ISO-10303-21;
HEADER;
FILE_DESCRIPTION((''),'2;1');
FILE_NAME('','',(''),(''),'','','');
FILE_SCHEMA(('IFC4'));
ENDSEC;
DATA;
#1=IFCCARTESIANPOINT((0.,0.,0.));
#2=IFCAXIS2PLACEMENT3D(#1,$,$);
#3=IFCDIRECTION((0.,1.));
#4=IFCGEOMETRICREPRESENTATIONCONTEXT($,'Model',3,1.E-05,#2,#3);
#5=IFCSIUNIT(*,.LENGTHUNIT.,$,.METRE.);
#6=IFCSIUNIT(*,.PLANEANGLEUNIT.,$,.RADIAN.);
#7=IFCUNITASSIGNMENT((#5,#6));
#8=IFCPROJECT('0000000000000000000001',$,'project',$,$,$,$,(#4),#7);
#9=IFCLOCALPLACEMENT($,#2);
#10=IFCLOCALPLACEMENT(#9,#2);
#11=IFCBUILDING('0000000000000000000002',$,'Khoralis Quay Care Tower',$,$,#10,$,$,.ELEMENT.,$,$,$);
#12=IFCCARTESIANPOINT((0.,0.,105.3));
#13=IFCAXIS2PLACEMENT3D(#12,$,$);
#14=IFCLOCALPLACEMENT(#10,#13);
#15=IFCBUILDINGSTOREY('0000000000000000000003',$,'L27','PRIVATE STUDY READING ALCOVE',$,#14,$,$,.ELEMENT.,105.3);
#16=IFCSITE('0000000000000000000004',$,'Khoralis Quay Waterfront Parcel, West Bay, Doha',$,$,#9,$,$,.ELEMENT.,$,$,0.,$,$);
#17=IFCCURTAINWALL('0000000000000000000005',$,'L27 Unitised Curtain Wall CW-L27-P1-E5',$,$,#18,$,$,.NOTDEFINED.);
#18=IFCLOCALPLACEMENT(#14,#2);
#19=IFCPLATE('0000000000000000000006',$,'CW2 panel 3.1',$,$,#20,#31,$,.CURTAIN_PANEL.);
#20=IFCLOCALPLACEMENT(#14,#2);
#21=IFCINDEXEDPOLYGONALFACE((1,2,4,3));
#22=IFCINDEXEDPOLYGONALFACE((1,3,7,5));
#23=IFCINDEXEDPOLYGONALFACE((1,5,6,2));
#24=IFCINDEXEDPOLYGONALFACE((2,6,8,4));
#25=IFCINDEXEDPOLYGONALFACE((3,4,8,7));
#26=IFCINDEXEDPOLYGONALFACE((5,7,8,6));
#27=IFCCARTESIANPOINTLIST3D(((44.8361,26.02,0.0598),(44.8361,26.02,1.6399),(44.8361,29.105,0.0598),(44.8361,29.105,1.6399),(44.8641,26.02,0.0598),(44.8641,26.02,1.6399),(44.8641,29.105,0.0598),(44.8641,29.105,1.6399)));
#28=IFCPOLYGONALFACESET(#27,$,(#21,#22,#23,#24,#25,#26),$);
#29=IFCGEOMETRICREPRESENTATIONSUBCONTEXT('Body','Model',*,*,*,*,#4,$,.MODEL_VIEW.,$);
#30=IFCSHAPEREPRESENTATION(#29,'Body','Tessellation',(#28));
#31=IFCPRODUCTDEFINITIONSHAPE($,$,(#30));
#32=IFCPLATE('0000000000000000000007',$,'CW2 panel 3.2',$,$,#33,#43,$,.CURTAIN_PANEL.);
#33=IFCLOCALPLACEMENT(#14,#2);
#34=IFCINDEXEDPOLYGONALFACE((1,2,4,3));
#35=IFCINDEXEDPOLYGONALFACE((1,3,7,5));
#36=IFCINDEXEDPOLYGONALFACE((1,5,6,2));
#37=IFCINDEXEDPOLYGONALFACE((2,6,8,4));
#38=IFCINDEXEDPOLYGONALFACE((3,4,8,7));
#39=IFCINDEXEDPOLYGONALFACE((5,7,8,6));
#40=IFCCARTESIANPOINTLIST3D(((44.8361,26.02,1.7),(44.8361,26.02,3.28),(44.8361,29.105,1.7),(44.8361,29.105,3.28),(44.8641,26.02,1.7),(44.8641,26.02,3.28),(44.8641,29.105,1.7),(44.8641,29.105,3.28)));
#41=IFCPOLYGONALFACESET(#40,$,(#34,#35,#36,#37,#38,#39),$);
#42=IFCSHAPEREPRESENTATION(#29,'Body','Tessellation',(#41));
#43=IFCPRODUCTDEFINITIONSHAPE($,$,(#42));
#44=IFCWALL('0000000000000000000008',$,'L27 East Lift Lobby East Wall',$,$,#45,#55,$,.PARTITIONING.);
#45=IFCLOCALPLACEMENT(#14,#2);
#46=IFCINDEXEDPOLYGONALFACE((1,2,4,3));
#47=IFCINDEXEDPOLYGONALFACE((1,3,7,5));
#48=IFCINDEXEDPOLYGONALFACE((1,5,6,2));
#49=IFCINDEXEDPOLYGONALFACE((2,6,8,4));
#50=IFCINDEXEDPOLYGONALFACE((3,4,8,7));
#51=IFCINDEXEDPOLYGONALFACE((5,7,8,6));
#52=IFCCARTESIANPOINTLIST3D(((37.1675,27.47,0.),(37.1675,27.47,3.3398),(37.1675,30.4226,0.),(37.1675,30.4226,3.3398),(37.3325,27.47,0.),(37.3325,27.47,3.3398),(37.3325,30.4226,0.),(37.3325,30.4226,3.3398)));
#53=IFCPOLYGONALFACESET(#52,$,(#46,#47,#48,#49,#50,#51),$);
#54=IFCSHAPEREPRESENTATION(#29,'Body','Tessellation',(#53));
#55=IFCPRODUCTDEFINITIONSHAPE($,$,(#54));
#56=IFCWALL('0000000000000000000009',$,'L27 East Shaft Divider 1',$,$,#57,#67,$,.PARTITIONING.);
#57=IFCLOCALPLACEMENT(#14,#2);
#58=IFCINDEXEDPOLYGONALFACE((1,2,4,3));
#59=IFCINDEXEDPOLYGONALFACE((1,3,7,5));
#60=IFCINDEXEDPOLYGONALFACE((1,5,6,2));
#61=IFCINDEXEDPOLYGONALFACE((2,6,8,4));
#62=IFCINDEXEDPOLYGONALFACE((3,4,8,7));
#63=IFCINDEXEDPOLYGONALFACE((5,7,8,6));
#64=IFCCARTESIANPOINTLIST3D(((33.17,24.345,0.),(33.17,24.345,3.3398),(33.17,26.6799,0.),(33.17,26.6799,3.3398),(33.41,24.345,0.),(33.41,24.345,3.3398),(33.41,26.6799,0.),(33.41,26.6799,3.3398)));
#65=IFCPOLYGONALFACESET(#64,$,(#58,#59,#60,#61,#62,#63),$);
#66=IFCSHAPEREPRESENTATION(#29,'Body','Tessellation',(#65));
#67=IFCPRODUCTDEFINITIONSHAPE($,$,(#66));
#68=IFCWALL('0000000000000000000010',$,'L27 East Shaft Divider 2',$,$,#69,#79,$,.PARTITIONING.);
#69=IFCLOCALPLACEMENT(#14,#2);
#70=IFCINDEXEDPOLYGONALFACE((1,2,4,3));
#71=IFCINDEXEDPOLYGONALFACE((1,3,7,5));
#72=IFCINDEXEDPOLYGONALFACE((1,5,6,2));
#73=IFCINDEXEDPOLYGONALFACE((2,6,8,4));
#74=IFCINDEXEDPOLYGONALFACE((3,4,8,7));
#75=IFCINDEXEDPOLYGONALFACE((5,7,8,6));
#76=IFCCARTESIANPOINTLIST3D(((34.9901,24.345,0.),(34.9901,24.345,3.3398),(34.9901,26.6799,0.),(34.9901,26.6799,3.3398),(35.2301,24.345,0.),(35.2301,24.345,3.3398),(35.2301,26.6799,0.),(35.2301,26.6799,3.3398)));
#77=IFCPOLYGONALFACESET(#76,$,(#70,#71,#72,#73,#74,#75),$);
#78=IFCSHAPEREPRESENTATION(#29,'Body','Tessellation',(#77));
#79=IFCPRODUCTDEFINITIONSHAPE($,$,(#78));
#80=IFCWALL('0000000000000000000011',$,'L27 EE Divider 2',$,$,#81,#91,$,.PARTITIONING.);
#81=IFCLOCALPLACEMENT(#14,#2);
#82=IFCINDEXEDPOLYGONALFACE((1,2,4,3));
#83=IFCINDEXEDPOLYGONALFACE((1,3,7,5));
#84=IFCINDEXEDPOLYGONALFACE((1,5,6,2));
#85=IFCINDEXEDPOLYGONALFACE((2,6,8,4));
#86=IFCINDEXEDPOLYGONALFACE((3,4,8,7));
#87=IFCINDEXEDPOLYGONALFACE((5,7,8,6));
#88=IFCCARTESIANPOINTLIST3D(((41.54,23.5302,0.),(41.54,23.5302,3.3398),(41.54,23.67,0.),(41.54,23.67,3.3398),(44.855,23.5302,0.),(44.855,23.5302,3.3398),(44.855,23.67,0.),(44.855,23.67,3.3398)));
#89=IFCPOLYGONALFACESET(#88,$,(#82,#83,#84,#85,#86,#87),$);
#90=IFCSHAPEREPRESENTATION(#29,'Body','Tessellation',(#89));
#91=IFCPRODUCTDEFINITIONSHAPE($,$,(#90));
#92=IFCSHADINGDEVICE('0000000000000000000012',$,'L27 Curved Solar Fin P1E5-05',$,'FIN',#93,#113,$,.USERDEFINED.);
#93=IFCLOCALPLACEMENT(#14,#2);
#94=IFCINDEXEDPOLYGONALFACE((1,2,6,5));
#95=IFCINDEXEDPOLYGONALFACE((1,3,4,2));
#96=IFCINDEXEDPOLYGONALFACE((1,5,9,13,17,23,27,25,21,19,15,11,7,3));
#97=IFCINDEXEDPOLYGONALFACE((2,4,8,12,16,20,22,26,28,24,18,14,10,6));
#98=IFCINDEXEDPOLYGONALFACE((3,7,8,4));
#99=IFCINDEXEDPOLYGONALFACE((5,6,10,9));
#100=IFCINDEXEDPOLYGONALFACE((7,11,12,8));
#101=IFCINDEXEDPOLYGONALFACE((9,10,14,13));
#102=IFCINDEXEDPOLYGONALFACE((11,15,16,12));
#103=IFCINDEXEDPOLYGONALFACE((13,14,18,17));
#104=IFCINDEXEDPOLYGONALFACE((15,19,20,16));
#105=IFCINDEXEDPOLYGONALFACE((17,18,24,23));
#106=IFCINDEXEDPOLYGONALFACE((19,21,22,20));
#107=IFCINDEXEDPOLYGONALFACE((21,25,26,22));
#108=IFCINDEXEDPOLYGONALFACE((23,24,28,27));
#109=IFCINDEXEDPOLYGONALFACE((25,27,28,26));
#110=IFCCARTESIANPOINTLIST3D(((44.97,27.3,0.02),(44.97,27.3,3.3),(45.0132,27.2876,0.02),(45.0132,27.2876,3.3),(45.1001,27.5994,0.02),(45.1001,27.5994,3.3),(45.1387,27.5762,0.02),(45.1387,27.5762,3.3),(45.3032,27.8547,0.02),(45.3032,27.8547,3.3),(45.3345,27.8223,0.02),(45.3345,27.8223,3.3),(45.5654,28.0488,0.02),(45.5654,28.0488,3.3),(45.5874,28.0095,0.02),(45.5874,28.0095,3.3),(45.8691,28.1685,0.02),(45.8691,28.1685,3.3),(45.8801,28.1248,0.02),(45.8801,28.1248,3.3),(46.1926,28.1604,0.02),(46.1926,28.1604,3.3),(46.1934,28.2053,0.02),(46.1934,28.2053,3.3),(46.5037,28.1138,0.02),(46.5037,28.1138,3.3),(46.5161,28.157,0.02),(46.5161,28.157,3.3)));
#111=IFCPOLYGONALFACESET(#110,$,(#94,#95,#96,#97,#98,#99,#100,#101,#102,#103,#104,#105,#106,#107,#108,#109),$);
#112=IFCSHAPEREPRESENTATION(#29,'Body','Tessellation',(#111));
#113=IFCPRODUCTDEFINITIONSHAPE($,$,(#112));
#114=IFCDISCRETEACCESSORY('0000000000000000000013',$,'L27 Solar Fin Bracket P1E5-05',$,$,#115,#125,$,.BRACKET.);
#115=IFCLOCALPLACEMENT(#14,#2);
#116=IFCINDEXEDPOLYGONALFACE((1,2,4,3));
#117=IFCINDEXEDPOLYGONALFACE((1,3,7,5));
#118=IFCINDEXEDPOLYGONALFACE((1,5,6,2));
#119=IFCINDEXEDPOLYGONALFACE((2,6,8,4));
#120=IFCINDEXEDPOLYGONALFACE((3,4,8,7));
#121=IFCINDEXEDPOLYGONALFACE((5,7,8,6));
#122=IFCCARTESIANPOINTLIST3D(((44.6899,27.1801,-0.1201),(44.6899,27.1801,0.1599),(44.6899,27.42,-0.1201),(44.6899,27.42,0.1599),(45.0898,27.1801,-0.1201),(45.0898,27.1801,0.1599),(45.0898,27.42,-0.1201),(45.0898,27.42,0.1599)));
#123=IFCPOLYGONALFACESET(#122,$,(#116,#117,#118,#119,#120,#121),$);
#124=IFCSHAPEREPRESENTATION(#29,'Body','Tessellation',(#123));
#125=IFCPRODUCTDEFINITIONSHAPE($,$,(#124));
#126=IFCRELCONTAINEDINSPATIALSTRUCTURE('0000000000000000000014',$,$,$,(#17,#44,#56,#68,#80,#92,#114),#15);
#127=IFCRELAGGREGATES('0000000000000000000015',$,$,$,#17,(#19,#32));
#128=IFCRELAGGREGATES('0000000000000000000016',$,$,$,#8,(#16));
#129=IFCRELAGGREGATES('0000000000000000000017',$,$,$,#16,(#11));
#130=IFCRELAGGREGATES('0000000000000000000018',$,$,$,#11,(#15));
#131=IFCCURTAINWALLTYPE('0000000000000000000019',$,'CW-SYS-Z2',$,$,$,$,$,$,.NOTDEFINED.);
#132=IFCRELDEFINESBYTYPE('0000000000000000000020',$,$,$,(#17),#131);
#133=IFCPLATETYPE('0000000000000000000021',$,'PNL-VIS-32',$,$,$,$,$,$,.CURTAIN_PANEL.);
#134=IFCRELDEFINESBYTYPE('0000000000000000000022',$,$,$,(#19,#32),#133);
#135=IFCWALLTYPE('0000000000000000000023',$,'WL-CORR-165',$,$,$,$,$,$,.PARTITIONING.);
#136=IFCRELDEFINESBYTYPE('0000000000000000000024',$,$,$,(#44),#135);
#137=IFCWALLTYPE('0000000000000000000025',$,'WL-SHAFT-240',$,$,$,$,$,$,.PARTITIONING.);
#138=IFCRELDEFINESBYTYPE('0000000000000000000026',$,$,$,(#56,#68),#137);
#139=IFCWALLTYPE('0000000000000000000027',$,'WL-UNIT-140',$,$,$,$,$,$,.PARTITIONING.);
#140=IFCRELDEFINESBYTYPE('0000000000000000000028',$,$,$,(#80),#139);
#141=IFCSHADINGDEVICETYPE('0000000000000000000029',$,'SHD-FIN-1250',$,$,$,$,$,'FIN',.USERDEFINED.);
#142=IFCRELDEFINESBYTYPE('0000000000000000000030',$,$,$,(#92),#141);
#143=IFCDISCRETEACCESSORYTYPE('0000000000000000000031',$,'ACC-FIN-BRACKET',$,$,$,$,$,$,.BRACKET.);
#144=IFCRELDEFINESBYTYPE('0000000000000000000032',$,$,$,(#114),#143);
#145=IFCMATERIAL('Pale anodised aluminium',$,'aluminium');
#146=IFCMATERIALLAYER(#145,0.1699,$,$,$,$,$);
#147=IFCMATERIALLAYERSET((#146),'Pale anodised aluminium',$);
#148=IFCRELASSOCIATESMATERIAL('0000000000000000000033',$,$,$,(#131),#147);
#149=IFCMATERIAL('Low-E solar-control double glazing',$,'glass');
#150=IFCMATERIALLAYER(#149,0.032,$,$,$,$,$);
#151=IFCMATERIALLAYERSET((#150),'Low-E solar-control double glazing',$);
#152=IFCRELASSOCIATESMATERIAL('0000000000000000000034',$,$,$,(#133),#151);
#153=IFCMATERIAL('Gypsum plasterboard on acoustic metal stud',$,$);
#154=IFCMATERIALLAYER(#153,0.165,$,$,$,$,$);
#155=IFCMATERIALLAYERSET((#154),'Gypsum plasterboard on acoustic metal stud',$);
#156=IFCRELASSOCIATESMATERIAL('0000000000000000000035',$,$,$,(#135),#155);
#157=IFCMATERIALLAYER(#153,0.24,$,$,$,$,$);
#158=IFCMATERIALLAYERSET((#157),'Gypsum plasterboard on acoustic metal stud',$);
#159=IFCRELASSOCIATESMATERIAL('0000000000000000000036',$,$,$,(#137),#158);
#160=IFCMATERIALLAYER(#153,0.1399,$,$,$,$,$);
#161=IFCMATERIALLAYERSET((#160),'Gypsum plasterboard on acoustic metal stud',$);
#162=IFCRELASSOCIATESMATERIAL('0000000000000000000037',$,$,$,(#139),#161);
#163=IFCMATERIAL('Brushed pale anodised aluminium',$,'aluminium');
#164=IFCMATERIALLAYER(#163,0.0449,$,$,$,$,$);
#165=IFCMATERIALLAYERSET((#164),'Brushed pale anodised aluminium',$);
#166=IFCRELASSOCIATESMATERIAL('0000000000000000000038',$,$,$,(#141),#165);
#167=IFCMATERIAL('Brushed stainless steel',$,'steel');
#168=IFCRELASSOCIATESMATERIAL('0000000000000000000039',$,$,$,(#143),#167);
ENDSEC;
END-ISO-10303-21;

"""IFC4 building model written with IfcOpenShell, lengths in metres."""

from ifc_helpers import new_model, si_unit, direction, frame, frame_2d, origin, origin_2d, place, context, subcontext, project, spatial, polyline, rectangle, outline, extrude, source, transform, mapped, material, layer, layer_set, type_object, element, aggregate, save


model = new_model("IFC4")

# Units and contexts
model_context = context("Model", 3, precision=1e-05, world=origin(), true_north=direction((0.0, 1.0)))
body_context = subcontext(model_context, "Body", "Model", "MODEL_VIEW")
ifc_project = project(units=[si_unit("LENGTHUNIT", "METRE"), si_unit("PLANEANGLEUNIT", "RADIAN")], contexts=[model_context])

# Site, building, storey
site_placement = place(None, origin())
site = spatial("IfcSite", under=ifc_project, at=site_placement, Name="Khoralis Quay Waterfront Parcel, West Bay, Doha", CompositionType="ELEMENT", RefElevation=0.0)
building_placement = place(site_placement, origin())
building = spatial("IfcBuilding", under=site, at=building_placement, Name="Khoralis Quay Care Tower", CompositionType="ELEMENT")
storey_placement = place(building_placement, frame((0.0, 0.0, 105.3)))
storey = spatial("IfcBuildingStorey", under=building, at=storey_placement, Name="L27", Description="PRIVATE STUDY READING ALCOVE", CompositionType="ELEMENT", Elevation=105.3)

# Curtain wall, plates
ifc_material_1 = material(Name="Pale anodised aluminium", Category="aluminium")
ifc_layer_1 = layer(ifc_material_1, 0.1699)
ifc_layer_set_1 = layer_set([ifc_layer_1], Name="Pale anodised aluminium")
curtain_wall_type = type_object("IfcCurtainWallType", Name="CW-SYS-Z2", PredefinedType="NOTDEFINED", material=ifc_layer_set_1)
curtain_wall_placement = place(storey_placement, origin())
curtain_wall = element("IfcCurtainWall", 1, at=curtain_wall_placement, inside=storey, type_object=curtain_wall_type, Name="L27 Unitised Curtain Wall CW-L27-P1-E5", PredefinedType="NOTDEFINED")
ifc_material_2 = material(Name="Low-E solar-control double glazing", Category="glass")
ifc_layer_2 = layer(ifc_material_2, 0.032)
ifc_layer_set_2 = layer_set([ifc_layer_2], Name="Low-E solar-control double glazing")
plate_type = type_object("IfcPlateType", Name="PNL-VIS-32", PredefinedType="CURTAIN_PANEL", material=ifc_layer_set_2)
shared_shape_1 = source(origin(), body_context, "Body", "SweptSolid", [
    extrude(rectangle(XDim=3.085, YDim=0.0281, at=origin_2d()), origin(), (0.0, 0.0, 1.0), 1.5801),
])
plate_1_placement = place(storey_placement, frame((44.8501, 27.5625, 0.0598), z_axis=(0.0, 0.0, 1.0), x_axis=(0.0, 1.0, 0.0)))
plate_1 = element("IfcPlate", 2, at=plate_1_placement, type_object=plate_type, Name="CW2 panel 3.1", PredefinedType="CURTAIN_PANEL", context=body_context, shape_type="MappedRepresentation", body=[
    mapped(shared_shape_1, transform((0.0, 0.0, 0.0), scale=1.0)),
])
plate_2_placement = place(storey_placement, frame((44.8501, 27.5625, 1.7), z_axis=(0.0, 0.0, 1.0), x_axis=(0.0, 1.0, 0.0)))
plate_2 = element("IfcPlate", 3, at=plate_2_placement, type_object=plate_type, Name="CW2 panel 3.2", PredefinedType="CURTAIN_PANEL", context=body_context, shape_type="MappedRepresentation", body=[
    mapped(shared_shape_1, transform((0.0, 0.0, 0.0), scale=1.0)),
])
aggregate(curtain_wall, [plate_1, plate_2])

# Walls
ifc_material_3 = material(Name="Gypsum plasterboard on acoustic metal stud")
ifc_layer_3 = layer(ifc_material_3, 0.165)
ifc_layer_set_3 = layer_set([ifc_layer_3], Name="Gypsum plasterboard on acoustic metal stud")
wall_type_1 = type_object("IfcWallType", Name="WL-CORR-165", PredefinedType="PARTITIONING", material=ifc_layer_set_3)
wall_1_placement = place(storey_placement, frame((37.25, 27.47, 0.0), z_axis=(0.0, 0.0, 1.0), x_axis=(0.0, 1.0, 0.0)))
element("IfcWall", 4, at=wall_1_placement, inside=storey, type_object=wall_type_1, Name="L27 East Lift Lobby East Wall", PredefinedType="PARTITIONING", context=body_context, shape_type="SweptSolid", body=[
    extrude(rectangle(XDim=2.9526, YDim=0.165, at=frame_2d((1.4763, 0.0))), origin(), (0.0, 0.0, 1.0), 3.3398),
])
ifc_layer_4 = layer(ifc_material_3, 0.24)
ifc_layer_set_4 = layer_set([ifc_layer_4], Name="Gypsum plasterboard on acoustic metal stud")
wall_type_2 = type_object("IfcWallType", Name="WL-SHAFT-240", PredefinedType="PARTITIONING", material=ifc_layer_set_4)
for number, where, z_axis, x_axis, name in (
    (5, (33.29, 24.345, 0.0), (0.0, 0.0, 1.0), (0.0, 1.0, 0.0), "L27 East Shaft Divider 1"),
    (6, (35.1101, 24.345, 0.0), (0.0, 0.0, 1.0), (0.0, 1.0, 0.0), "L27 East Shaft Divider 2"),
):
    element("IfcWall", number, at=place(storey_placement, frame(where, z_axis=z_axis, x_axis=x_axis)), inside=storey, type_object=wall_type_2, Name=name, PredefinedType="PARTITIONING", context=body_context, shape_type="SweptSolid", body=[
        extrude(rectangle(XDim=2.335, YDim=0.24, at=frame_2d((1.1675, 0.0))), origin(), (0.0, 0.0, 1.0), 3.3398),
    ])
ifc_layer_5 = layer(ifc_material_3, 0.1399)
ifc_layer_set_5 = layer_set([ifc_layer_5], Name="Gypsum plasterboard on acoustic metal stud")
wall_type_3 = type_object("IfcWallType", Name="WL-UNIT-140", PredefinedType="PARTITIONING", material=ifc_layer_set_5)
wall_2_placement = place(storey_placement, frame((41.54, 23.6001, 0.0), z_axis=(0.0, 0.0, 1.0), x_axis=(1.0, 0.0, 0.0)))
element("IfcWall", 7, at=wall_2_placement, inside=storey, type_object=wall_type_3, Name="L27 EE Divider 2", PredefinedType="PARTITIONING", context=body_context, shape_type="SweptSolid", body=[
    extrude(rectangle(XDim=3.3149, YDim=0.1399, at=frame_2d((1.6575, 0.0))), origin(), (0.0, 0.0, 1.0), 3.3398),
])

# Shading device
ifc_material_4 = material(Name="Brushed pale anodised aluminium", Category="aluminium")
ifc_layer_6 = layer(ifc_material_4, 0.0449)
ifc_layer_set_6 = layer_set([ifc_layer_6], Name="Brushed pale anodised aluminium")
shading_device_type = type_object("IfcShadingDeviceType", Name="SHD-FIN-1250", ElementType="FIN", PredefinedType="USERDEFINED", material=ifc_layer_set_6)
shared_shape_2 = source(origin(), body_context, "Body", "SweptSolid", [
    extrude(outline(polyline([(0.0, 0.0), (0.1301, 0.2993), (0.3333, 0.5547), (0.5955, 0.7488), (0.8992, 0.8684), (1.2234, 0.9053), (1.5461, 0.8569), (1.5337, 0.8137), (1.2227, 0.8604), (0.9102, 0.8247), (0.6174, 0.7095), (0.3645, 0.5222), (0.1687, 0.2761), (0.0432, -0.0125), (0.0, 0.0)])), origin(), (0.0, 0.0, 1.0), 3.28),
])
shading_device_placement = place(storey_placement, frame((44.97, 27.3, 0.02), z_axis=(0.0, 0.0, 1.0), x_axis=(1.0, 0.0, 0.0)))
element("IfcShadingDevice", 8, at=shading_device_placement, inside=storey, type_object=shading_device_type, Name="L27 Curved Solar Fin P1E5-05", ObjectType="FIN", PredefinedType="USERDEFINED", context=body_context, shape_type="MappedRepresentation", body=[
    mapped(shared_shape_2, transform((0.0, 0.0, 0.0), scale=1.0)),
])

# Discrete accessory
ifc_material_5 = material(Name="Brushed stainless steel", Category="steel")
discrete_accessory_type = type_object("IfcDiscreteAccessoryType", Name="ACC-FIN-BRACKET", PredefinedType="BRACKET", material=ifc_material_5)
shared_shape_3 = source(origin(), body_context, "Body", "SweptSolid", [
    extrude(rectangle(XDim=0.3999, YDim=0.24, at=origin_2d()), origin(), (0.0, 0.0, 1.0), 0.28),
])
discrete_accessory_placement = place(storey_placement, frame((44.8899, 27.3, -0.1201), z_axis=(0.0, 0.0, 1.0), x_axis=(1.0, 0.0, 0.0)))
element("IfcDiscreteAccessory", 9, at=discrete_accessory_placement, inside=storey, type_object=discrete_accessory_type, Name="L27 Solar Fin Bracket P1E5-05", PredefinedType="BRACKET", context=body_context, shape_type="MappedRepresentation", body=[
    mapped(shared_shape_3, transform((0.0, 0.0, 0.0), scale=1.0)),
])

save(model, "model.ifc")
